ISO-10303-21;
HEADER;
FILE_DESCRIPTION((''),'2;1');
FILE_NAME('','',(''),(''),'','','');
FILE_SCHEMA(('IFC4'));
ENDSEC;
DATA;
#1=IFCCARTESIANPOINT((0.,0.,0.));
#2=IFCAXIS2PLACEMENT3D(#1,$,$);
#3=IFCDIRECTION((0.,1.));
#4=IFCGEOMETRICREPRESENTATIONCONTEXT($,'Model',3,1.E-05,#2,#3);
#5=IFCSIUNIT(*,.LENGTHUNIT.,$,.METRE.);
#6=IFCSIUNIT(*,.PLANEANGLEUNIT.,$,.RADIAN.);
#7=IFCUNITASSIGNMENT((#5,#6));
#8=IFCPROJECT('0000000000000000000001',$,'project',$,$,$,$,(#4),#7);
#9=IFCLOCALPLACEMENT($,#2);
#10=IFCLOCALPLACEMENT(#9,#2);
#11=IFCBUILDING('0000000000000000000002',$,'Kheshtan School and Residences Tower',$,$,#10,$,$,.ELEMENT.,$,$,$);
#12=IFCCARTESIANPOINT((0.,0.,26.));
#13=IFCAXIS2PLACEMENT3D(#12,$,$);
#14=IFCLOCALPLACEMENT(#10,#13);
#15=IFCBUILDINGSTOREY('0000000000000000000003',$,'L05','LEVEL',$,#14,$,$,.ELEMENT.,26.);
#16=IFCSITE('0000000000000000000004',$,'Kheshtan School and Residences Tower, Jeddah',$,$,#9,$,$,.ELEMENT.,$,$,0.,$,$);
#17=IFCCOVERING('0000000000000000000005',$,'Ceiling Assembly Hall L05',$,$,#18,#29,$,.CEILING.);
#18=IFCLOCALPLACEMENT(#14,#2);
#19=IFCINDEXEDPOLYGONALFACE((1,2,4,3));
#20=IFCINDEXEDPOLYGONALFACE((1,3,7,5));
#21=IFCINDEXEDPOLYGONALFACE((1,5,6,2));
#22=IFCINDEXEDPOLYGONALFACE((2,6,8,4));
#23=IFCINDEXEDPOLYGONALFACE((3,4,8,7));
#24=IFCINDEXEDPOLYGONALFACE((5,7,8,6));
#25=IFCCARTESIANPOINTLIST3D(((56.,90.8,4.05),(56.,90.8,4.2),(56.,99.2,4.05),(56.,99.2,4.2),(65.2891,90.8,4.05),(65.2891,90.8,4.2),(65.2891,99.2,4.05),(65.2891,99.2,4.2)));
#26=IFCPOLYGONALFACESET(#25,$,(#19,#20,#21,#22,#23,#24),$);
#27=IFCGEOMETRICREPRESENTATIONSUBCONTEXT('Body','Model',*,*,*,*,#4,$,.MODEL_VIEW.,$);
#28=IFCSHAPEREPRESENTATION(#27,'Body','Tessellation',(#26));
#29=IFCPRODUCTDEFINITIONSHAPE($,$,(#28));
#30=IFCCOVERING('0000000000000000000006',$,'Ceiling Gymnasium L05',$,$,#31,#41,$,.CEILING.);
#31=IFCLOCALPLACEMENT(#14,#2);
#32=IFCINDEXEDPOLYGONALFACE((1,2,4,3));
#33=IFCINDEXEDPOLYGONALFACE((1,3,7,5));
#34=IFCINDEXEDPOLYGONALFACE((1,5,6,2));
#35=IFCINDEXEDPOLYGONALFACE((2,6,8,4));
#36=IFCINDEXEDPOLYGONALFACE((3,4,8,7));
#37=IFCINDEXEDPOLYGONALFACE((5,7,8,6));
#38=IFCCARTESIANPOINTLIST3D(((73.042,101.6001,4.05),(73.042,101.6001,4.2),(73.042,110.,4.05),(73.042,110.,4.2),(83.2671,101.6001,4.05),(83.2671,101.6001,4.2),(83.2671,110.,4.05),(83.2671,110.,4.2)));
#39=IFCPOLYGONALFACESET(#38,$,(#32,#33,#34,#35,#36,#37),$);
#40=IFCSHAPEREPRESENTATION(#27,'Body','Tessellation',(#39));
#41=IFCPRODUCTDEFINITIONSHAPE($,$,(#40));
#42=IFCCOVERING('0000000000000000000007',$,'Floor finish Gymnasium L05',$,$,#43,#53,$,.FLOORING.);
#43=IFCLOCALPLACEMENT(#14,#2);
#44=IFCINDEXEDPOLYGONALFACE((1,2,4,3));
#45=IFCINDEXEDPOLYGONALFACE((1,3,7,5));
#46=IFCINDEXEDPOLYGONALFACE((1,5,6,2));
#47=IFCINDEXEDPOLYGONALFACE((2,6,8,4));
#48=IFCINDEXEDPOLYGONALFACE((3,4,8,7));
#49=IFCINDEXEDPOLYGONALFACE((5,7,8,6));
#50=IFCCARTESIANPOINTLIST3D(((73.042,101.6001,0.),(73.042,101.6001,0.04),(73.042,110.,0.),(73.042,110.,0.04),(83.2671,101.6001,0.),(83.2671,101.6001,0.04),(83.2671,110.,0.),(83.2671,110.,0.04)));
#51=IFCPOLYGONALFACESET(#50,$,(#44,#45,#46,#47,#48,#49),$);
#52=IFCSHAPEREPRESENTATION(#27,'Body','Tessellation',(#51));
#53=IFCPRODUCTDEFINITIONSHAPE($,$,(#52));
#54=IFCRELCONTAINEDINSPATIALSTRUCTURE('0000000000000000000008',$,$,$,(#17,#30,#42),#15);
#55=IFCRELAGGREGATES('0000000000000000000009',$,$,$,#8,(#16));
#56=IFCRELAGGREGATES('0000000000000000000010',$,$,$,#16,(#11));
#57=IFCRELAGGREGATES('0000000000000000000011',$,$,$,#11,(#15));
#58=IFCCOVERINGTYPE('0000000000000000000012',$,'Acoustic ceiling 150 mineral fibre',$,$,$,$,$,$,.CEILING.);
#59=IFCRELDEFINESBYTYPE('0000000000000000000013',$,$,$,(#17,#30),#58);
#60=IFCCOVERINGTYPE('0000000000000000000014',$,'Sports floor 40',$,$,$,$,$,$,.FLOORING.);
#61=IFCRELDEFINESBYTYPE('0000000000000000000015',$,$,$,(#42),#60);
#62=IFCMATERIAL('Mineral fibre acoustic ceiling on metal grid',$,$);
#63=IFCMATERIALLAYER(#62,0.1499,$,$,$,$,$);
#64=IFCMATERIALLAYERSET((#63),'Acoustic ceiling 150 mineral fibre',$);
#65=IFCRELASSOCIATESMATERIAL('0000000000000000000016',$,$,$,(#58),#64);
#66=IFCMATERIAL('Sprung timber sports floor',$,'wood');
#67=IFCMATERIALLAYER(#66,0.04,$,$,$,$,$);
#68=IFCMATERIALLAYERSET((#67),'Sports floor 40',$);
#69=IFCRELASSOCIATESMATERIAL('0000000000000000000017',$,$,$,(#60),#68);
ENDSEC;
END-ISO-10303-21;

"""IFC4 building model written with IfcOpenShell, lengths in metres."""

from ifc_helpers import new_model, si_unit, direction, frame, origin, place, context, subcontext, project, spatial, polyline, outline, extrude, material, layer, layer_set, type_object, element, save


model = new_model("IFC4")

# Units and contexts
model_context = context("Model", 3, precision=1e-05, world=origin(), true_north=direction((0.0, 1.0)))
body_context = subcontext(model_context, "Body", "Model", "MODEL_VIEW")
ifc_project = project(units=[si_unit("LENGTHUNIT", "METRE"), si_unit("PLANEANGLEUNIT", "RADIAN")], contexts=[model_context])

# Site, building, storey
site_placement = place(None, origin())
site = spatial("IfcSite", under=ifc_project, at=site_placement, Name="Kheshtan School and Residences Tower, Jeddah", CompositionType="ELEMENT", RefElevation=0.0)
building_placement = place(site_placement, origin())
building = spatial("IfcBuilding", under=site, at=building_placement, Name="Kheshtan School and Residences Tower", CompositionType="ELEMENT")
storey_placement = place(building_placement, frame((0.0, 0.0, 26.0)))
storey = spatial("IfcBuildingStorey", under=building, at=storey_placement, Name="L05", Description="LEVEL", CompositionType="ELEMENT", Elevation=26.0)

# Coverings
ifc_material_1 = material(Name="Mineral fibre acoustic ceiling on metal grid")
ifc_layer_1 = layer(ifc_material_1, 0.1499)
ifc_layer_set_1 = layer_set([ifc_layer_1], Name="Acoustic ceiling 150 mineral fibre")
covering_type_1 = type_object("IfcCoveringType", Name="Acoustic ceiling 150 mineral fibre", PredefinedType="CEILING", material=ifc_layer_set_1)
covering_1_placement = place(storey_placement, frame((0.0, 0.0, 4.05)))
element("IfcCovering", 1, at=covering_1_placement, inside=storey, type_object=covering_type_1, Name="Ceiling Assembly Hall L05", PredefinedType="CEILING", context=body_context, shape_type="SweptSolid", body=[
    extrude(outline(polyline([(65.2891, 99.2), (65.2891, 90.8), (56.0, 90.8), (56.0, 99.2), (65.2891, 99.2)])), origin(), (0.0, 0.0, 1.0), 0.1499),
])
covering_2_placement = place(storey_placement, frame((0.0, 0.0, 4.05)))
element("IfcCovering", 2, at=covering_2_placement, inside=storey, type_object=covering_type_1, Name="Ceiling Gymnasium L05", PredefinedType="CEILING", context=body_context, shape_type="SweptSolid", body=[
    extrude(outline(polyline([(73.042, 101.6001), (73.042, 110.0), (83.2671, 110.0), (83.2671, 101.6001), (73.042, 101.6001)])), origin(), (0.0, 0.0, 1.0), 0.1499),
])
ifc_material_2 = material(Name="Sprung timber sports floor", Category="wood")
ifc_layer_2 = layer(ifc_material_2, 0.04)
ifc_layer_set_2 = layer_set([ifc_layer_2], Name="Sports floor 40")
covering_type_2 = type_object("IfcCoveringType", Name="Sports floor 40", PredefinedType="FLOORING", material=ifc_layer_set_2)
covering_3_placement = place(storey_placement, origin())
element("IfcCovering", 3, at=covering_3_placement, inside=storey, type_object=covering_type_2, Name="Floor finish Gymnasium L05", PredefinedType="FLOORING", context=body_context, shape_type="SweptSolid", body=[
    extrude(outline(polyline([(73.042, 101.6001), (73.042, 110.0), (83.2671, 110.0), (83.2671, 101.6001), (73.042, 101.6001)])), origin(), (0.0, 0.0, 1.0), 0.04),
])

save(model, "model.ifc")
